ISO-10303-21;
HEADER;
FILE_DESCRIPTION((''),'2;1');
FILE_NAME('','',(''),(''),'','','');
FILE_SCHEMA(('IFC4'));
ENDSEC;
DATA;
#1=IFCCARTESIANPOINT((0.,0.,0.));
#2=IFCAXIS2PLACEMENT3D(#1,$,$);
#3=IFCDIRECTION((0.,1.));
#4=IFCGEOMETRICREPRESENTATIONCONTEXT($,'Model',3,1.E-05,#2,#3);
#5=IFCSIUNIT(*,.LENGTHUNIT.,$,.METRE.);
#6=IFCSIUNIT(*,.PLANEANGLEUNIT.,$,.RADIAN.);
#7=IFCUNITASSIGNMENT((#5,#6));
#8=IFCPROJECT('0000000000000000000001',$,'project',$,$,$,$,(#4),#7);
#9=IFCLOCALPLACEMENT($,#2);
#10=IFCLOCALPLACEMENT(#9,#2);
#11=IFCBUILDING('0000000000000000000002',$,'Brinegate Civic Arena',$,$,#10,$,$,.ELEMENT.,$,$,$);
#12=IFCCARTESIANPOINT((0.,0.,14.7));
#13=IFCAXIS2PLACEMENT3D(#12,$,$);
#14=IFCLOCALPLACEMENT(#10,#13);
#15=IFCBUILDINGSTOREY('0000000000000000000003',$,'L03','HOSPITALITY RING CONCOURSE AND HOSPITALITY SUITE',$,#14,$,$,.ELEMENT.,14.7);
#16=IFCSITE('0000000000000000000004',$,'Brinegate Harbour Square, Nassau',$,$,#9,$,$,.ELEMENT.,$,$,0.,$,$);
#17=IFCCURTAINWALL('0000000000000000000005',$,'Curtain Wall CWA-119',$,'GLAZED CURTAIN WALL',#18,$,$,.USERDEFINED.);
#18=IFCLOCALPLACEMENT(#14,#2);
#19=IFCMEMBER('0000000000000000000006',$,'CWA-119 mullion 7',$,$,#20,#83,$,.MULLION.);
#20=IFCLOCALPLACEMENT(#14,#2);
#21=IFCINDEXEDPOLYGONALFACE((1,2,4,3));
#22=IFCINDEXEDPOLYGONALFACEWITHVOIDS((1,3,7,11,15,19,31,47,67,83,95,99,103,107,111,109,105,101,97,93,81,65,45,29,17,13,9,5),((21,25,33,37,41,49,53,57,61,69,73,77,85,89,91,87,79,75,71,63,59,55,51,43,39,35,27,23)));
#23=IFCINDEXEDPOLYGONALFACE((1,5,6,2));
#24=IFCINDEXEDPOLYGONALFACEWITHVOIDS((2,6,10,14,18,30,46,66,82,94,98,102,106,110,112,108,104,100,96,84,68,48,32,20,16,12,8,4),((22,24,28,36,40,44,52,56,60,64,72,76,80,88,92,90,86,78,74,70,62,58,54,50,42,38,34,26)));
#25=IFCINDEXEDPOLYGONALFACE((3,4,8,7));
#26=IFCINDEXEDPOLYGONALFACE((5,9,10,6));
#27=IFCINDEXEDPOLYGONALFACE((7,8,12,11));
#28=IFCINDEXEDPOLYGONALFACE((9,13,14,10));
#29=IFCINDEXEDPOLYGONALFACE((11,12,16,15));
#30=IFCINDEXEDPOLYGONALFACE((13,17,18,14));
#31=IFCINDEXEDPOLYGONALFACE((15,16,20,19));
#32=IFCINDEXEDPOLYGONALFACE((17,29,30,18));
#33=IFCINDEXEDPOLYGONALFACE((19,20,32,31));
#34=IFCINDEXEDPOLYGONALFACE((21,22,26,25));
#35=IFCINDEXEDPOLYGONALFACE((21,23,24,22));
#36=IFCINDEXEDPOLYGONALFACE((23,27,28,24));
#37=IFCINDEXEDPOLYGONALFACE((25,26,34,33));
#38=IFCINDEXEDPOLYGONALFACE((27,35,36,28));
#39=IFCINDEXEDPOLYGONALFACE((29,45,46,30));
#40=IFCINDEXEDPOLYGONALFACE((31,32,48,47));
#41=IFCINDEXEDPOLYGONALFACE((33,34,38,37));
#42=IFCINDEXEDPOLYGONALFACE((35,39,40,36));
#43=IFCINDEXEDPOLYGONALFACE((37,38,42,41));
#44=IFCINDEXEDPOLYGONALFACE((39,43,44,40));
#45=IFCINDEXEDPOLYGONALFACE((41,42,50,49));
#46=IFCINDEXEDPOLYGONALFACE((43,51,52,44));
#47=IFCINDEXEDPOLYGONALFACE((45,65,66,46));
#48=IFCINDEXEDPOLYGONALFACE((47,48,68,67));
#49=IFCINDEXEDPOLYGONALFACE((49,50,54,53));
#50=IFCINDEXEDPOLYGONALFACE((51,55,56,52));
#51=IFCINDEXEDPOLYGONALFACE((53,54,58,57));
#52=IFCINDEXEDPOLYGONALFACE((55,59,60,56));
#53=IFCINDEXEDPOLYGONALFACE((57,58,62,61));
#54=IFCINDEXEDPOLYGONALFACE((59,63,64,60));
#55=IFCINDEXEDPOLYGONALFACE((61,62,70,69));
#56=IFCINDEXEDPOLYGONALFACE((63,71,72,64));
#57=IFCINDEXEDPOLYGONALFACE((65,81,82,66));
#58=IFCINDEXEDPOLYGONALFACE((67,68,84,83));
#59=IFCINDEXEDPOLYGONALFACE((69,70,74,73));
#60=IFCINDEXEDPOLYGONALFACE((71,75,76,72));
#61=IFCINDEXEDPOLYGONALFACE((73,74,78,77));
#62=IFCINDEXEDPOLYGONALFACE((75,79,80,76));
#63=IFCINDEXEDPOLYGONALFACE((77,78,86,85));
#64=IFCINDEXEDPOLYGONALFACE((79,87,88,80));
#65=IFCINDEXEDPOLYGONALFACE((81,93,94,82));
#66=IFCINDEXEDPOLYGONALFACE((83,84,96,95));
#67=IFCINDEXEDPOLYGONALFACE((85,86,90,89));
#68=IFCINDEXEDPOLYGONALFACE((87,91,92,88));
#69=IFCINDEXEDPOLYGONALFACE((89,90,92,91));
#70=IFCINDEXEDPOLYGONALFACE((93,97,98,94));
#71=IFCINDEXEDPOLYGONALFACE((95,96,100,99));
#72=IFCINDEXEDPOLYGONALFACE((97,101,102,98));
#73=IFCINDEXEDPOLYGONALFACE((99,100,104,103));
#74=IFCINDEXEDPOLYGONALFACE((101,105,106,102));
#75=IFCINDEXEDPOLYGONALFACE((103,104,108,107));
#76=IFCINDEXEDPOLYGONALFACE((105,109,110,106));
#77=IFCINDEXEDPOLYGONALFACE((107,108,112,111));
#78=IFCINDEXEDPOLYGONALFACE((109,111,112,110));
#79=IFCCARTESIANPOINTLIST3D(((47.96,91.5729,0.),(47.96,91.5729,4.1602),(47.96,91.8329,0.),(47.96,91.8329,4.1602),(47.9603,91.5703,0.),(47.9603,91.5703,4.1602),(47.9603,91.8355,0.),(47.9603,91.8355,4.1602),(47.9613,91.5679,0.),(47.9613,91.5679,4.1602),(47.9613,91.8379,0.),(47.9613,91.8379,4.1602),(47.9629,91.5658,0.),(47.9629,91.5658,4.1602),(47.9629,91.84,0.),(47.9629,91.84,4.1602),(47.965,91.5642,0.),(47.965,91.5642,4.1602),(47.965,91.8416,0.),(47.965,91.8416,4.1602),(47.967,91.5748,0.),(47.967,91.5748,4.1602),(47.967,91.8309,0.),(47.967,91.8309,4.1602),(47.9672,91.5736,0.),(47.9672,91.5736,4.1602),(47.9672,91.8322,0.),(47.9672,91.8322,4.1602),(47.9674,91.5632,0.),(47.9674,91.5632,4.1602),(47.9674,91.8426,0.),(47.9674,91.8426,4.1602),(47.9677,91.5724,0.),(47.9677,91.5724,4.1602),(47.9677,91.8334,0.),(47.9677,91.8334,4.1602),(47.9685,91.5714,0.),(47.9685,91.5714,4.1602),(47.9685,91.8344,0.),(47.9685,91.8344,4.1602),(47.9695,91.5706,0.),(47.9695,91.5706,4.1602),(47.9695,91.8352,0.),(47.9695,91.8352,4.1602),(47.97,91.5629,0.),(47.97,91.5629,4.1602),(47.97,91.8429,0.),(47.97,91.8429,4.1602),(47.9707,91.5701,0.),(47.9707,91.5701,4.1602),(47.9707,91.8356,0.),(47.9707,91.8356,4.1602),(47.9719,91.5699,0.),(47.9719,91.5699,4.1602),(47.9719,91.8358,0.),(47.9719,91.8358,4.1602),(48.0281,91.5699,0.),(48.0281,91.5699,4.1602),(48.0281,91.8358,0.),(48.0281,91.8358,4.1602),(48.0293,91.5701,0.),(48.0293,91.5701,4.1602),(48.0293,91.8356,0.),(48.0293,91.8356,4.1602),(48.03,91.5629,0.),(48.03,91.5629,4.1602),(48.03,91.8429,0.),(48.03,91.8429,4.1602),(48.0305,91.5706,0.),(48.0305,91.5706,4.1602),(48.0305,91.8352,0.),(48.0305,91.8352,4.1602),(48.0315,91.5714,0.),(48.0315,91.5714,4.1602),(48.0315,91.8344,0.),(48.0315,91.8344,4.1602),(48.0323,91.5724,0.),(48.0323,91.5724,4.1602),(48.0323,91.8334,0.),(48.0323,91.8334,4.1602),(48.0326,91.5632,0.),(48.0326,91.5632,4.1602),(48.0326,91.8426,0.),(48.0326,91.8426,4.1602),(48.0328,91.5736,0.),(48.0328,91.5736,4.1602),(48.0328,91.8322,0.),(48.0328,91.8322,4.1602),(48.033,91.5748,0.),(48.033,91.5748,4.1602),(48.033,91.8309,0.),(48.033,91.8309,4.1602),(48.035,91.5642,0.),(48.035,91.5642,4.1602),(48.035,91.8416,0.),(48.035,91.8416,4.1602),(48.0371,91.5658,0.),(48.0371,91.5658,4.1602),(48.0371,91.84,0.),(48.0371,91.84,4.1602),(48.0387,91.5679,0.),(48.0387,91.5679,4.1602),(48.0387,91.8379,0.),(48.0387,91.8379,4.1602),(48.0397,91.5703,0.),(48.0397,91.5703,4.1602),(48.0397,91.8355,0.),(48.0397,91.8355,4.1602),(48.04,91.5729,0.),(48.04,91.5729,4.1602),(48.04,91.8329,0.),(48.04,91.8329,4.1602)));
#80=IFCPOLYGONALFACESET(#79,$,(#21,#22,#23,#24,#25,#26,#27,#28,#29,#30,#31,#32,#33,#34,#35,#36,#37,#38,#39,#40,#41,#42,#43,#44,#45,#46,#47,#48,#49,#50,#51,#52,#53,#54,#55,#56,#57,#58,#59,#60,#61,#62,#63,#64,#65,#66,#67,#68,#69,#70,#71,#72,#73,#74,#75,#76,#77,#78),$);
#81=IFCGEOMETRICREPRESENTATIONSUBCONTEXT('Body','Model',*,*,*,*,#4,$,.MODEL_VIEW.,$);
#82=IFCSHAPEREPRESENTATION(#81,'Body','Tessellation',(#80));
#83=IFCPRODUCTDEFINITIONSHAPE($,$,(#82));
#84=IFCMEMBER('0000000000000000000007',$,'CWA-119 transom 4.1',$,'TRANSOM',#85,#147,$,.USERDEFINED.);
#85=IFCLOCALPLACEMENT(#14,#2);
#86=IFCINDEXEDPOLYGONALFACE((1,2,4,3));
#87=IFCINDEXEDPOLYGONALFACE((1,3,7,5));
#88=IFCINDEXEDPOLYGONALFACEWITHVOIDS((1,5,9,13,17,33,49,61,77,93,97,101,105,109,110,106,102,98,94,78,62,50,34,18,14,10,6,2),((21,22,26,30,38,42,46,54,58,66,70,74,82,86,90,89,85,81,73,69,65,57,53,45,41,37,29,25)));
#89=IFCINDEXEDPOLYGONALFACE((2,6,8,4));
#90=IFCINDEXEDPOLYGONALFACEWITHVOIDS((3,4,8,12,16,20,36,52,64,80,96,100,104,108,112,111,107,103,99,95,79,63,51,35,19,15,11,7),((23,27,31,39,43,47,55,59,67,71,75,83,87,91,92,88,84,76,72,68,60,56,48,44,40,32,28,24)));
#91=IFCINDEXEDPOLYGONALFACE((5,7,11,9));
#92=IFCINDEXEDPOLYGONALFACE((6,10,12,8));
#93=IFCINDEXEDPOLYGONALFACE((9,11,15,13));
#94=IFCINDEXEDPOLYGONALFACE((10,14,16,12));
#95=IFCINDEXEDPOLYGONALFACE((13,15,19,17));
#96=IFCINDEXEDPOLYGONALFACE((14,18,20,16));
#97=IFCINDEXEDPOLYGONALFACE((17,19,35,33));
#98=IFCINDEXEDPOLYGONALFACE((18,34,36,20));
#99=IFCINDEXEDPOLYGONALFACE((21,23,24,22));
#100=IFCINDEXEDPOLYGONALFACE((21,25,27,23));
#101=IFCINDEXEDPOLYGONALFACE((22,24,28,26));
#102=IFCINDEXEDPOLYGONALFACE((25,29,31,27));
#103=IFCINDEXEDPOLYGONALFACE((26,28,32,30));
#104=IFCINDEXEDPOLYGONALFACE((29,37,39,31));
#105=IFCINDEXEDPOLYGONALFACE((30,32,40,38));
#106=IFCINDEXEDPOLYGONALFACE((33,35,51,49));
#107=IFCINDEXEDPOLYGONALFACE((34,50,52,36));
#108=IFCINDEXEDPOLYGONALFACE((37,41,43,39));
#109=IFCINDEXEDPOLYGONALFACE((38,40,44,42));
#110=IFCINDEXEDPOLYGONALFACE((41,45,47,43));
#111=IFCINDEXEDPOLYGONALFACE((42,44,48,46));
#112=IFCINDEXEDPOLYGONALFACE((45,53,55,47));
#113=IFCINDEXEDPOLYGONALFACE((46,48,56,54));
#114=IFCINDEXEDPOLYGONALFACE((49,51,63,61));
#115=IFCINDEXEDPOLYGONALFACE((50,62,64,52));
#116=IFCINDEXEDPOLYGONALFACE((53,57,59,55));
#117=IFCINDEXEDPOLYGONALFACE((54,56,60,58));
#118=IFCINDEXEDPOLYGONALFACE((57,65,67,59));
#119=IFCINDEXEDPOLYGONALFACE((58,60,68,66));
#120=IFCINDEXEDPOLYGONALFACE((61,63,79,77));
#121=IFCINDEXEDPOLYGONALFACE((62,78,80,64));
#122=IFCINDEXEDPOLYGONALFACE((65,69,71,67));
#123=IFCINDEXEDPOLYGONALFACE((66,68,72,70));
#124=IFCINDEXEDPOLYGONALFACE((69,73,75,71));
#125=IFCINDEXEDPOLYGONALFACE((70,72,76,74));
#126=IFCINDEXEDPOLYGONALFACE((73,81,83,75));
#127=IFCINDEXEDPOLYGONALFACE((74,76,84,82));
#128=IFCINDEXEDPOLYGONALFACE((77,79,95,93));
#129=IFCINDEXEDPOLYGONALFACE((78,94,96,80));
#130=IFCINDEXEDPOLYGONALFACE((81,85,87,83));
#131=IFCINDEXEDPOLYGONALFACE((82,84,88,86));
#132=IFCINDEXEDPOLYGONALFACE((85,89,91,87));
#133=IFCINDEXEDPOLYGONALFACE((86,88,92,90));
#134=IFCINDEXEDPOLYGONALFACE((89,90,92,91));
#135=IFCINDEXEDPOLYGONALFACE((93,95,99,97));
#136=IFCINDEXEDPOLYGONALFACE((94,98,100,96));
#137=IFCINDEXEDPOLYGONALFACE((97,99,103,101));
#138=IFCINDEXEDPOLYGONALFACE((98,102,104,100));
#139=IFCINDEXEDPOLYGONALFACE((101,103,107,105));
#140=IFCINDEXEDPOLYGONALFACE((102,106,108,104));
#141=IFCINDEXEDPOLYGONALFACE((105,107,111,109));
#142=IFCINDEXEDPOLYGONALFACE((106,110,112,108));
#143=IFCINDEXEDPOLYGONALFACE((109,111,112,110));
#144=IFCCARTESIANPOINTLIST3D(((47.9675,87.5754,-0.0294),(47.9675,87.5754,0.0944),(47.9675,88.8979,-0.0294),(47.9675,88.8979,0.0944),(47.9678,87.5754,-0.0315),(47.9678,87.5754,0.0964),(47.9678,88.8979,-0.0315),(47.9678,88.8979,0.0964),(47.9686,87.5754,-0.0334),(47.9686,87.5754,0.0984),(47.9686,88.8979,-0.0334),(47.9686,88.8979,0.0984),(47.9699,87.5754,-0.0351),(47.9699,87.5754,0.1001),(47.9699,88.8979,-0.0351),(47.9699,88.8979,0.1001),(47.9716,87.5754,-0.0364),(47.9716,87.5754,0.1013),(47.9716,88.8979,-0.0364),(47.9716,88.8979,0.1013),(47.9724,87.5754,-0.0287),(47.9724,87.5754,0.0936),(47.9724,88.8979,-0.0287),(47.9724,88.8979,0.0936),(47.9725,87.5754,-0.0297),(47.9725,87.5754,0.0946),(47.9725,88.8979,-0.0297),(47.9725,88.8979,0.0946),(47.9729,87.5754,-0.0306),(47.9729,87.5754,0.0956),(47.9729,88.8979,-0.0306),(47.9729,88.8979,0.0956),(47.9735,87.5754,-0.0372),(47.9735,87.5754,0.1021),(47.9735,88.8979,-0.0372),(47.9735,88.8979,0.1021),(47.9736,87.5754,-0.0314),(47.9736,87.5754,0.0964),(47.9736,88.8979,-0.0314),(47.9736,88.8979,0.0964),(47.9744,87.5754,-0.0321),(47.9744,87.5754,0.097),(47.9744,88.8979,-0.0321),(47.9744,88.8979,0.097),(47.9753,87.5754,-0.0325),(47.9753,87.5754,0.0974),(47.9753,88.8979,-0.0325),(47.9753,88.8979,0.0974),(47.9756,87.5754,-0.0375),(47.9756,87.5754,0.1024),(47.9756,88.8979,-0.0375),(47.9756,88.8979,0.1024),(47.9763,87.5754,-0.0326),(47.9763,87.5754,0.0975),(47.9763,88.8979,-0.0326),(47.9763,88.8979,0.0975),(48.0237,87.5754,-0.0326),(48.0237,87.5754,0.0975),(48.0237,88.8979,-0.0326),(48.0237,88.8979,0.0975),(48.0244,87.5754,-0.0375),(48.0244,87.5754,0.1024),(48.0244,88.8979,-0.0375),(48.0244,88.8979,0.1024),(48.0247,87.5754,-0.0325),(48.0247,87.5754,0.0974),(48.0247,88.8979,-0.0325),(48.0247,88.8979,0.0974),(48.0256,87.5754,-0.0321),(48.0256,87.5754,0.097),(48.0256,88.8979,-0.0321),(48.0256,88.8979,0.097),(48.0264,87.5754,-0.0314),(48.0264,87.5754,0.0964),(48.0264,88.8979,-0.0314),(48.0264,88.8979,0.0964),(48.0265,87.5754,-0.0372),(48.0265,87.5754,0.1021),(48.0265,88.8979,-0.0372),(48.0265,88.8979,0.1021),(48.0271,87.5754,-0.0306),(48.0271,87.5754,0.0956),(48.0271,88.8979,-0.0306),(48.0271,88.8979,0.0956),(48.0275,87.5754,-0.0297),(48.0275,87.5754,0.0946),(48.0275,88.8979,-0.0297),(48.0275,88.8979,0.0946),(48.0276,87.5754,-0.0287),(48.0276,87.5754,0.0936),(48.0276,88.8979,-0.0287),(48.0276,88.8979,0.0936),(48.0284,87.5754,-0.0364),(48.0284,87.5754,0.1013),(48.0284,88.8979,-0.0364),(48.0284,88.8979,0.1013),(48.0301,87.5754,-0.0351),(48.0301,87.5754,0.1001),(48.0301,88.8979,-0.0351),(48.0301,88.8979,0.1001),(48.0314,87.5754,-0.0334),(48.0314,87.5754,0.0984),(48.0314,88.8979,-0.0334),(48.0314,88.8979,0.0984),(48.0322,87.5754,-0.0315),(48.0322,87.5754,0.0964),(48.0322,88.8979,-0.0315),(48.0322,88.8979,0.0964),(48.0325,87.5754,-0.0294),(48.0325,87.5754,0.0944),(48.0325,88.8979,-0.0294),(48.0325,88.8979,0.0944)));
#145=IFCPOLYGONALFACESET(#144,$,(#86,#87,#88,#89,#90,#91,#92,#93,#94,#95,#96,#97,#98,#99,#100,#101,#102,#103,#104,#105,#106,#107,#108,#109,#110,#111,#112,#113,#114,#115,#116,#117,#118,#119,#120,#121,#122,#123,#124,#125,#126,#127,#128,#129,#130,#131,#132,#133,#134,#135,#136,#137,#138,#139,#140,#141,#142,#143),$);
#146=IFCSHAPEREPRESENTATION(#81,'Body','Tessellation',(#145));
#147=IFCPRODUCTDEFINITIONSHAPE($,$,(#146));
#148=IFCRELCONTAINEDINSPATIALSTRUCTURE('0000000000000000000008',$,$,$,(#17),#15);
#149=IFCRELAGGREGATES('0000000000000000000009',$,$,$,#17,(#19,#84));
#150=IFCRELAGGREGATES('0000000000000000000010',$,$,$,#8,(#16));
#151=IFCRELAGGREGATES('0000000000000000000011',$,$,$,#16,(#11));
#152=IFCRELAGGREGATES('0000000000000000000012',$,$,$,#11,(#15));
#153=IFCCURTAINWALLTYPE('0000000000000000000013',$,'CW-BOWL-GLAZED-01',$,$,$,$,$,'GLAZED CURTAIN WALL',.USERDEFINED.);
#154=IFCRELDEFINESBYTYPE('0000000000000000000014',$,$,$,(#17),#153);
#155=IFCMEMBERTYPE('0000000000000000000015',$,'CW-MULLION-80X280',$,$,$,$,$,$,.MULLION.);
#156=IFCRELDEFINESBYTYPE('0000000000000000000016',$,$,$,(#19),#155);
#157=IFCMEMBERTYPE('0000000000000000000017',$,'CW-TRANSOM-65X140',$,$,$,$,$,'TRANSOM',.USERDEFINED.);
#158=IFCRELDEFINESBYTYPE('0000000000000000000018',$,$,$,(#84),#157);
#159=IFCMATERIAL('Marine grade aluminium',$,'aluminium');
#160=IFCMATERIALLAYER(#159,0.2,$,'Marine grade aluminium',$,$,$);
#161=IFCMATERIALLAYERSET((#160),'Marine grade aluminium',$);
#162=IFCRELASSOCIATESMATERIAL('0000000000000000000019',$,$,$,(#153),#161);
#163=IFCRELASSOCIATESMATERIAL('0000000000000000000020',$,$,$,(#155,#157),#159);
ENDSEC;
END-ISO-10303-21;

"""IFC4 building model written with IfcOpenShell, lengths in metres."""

from ifc_helpers import new_model, si_unit, direction, frame, origin, origin_2d, place, context, subcontext, project, spatial, hollow_rectangle, extrude, material, layer, layer_set, material_profile, profile_set, type_object, element, aggregate, save


model = new_model("IFC4")

# Units and contexts
model_context = context("Model", 3, precision=1e-05, world=origin(), true_north=direction((0.0, 1.0)))
body_context = subcontext(model_context, "Body", "Model", "MODEL_VIEW")
ifc_project = project(units=[si_unit("LENGTHUNIT", "METRE"), si_unit("PLANEANGLEUNIT", "RADIAN")], contexts=[model_context])

# Site, building, storey
site_placement = place(None, origin())
site = spatial("IfcSite", under=ifc_project, at=site_placement, Name="Brinegate Harbour Square, Nassau", CompositionType="ELEMENT", RefElevation=0.0)
building_placement = place(site_placement, origin())
building = spatial("IfcBuilding", under=site, at=building_placement, Name="Brinegate Civic Arena", CompositionType="ELEMENT")
storey_placement = place(building_placement, frame((0.0, 0.0, 14.7)))
storey = spatial("IfcBuildingStorey", under=building, at=storey_placement, Name="L03", Description="HOSPITALITY RING CONCOURSE AND HOSPITALITY SUITE", CompositionType="ELEMENT", Elevation=14.7)

# Curtain wall, members
ifc_material_1 = material(Name="Marine grade aluminium", Category="aluminium")
ifc_layer_1 = layer(ifc_material_1, 0.2, Name="Marine grade aluminium")
ifc_layer_set_1 = layer_set([ifc_layer_1], Name="Marine grade aluminium")
curtain_wall_type = type_object("IfcCurtainWallType", Name="CW-BOWL-GLAZED-01", ElementType="GLAZED CURTAIN WALL", PredefinedType="USERDEFINED", material=ifc_layer_set_1)
curtain_wall_1_placement = place(storey_placement, origin())
curtain_wall_1 = element("IfcCurtainWall", 1, at=curtain_wall_1_placement, inside=storey, type_object=curtain_wall_type, Name="Curtain Wall CWA-119", ObjectType="GLAZED CURTAIN WALL", PredefinedType="USERDEFINED")
ifc_material_profile_1 = material_profile(ifc_material_1, hollow_rectangle(XDim=0.0801, YDim=0.28, WallThickness=0.0071, InnerFilletRadius=0.0049, OuterFilletRadius=0.01, at=origin_2d()), Name="MUL80X280")
ifc_profile_set_1 = profile_set([ifc_material_profile_1], Name="Marine grade aluminium")
member_type_1 = type_object("IfcMemberType", Name="CW-MULLION-80X280", PredefinedType="MULLION", material=ifc_profile_set_1)
member_1_placement = place(storey_placement, frame((48.0, 91.7029, 0.0), z_axis=(0.0, 0.0, 1.0), x_axis=(-1.0, 0.0, 0.0)))
member_1 = element("IfcMember", 2, at=member_1_placement, type_object=member_type_1, Name="CWA-119 mullion 7", PredefinedType="MULLION", context=body_context, shape_type="SweptSolid", body=[
    extrude(hollow_rectangle(XDim=0.0801, YDim=0.28, WallThickness=0.0071, InnerFilletRadius=0.0049, OuterFilletRadius=0.01, at=origin_2d()), origin(), (0.0, 0.0, 1.0), 4.1602),
])
ifc_material_profile_2 = material_profile(ifc_material_1, hollow_rectangle(XDim=0.0649, YDim=0.1399, WallThickness=0.0049, InnerFilletRadius=0.0039, OuterFilletRadius=0.0081, at=origin_2d()), Name="TRN65X140")
ifc_profile_set_2 = profile_set([ifc_material_profile_2], Name="Marine grade aluminium")
member_type_2 = type_object("IfcMemberType", Name="CW-TRANSOM-65X140", ElementType="TRANSOM", PredefinedType="USERDEFINED", material=ifc_profile_set_2)
member_2_placement = place(storey_placement, frame((48.0, 87.5754, 0.0325), z_axis=(0.0, 1.0, 0.0), x_axis=(-1.0, 0.0, 0.0)))
member_2 = element("IfcMember", 3, at=member_2_placement, type_object=member_type_2, Name="CWA-119 transom 4.1", ObjectType="TRANSOM", PredefinedType="USERDEFINED", context=body_context, shape_type="SweptSolid", body=[
    extrude(hollow_rectangle(XDim=0.0649, YDim=0.1399, WallThickness=0.0049, InnerFilletRadius=0.0039, OuterFilletRadius=0.0081, at=origin_2d()), origin(), (0.0, 0.0, 1.0), 1.3225),
])

aggregate(curtain_wall_1, [member_1, member_2])

save(model, "model.ifc")
